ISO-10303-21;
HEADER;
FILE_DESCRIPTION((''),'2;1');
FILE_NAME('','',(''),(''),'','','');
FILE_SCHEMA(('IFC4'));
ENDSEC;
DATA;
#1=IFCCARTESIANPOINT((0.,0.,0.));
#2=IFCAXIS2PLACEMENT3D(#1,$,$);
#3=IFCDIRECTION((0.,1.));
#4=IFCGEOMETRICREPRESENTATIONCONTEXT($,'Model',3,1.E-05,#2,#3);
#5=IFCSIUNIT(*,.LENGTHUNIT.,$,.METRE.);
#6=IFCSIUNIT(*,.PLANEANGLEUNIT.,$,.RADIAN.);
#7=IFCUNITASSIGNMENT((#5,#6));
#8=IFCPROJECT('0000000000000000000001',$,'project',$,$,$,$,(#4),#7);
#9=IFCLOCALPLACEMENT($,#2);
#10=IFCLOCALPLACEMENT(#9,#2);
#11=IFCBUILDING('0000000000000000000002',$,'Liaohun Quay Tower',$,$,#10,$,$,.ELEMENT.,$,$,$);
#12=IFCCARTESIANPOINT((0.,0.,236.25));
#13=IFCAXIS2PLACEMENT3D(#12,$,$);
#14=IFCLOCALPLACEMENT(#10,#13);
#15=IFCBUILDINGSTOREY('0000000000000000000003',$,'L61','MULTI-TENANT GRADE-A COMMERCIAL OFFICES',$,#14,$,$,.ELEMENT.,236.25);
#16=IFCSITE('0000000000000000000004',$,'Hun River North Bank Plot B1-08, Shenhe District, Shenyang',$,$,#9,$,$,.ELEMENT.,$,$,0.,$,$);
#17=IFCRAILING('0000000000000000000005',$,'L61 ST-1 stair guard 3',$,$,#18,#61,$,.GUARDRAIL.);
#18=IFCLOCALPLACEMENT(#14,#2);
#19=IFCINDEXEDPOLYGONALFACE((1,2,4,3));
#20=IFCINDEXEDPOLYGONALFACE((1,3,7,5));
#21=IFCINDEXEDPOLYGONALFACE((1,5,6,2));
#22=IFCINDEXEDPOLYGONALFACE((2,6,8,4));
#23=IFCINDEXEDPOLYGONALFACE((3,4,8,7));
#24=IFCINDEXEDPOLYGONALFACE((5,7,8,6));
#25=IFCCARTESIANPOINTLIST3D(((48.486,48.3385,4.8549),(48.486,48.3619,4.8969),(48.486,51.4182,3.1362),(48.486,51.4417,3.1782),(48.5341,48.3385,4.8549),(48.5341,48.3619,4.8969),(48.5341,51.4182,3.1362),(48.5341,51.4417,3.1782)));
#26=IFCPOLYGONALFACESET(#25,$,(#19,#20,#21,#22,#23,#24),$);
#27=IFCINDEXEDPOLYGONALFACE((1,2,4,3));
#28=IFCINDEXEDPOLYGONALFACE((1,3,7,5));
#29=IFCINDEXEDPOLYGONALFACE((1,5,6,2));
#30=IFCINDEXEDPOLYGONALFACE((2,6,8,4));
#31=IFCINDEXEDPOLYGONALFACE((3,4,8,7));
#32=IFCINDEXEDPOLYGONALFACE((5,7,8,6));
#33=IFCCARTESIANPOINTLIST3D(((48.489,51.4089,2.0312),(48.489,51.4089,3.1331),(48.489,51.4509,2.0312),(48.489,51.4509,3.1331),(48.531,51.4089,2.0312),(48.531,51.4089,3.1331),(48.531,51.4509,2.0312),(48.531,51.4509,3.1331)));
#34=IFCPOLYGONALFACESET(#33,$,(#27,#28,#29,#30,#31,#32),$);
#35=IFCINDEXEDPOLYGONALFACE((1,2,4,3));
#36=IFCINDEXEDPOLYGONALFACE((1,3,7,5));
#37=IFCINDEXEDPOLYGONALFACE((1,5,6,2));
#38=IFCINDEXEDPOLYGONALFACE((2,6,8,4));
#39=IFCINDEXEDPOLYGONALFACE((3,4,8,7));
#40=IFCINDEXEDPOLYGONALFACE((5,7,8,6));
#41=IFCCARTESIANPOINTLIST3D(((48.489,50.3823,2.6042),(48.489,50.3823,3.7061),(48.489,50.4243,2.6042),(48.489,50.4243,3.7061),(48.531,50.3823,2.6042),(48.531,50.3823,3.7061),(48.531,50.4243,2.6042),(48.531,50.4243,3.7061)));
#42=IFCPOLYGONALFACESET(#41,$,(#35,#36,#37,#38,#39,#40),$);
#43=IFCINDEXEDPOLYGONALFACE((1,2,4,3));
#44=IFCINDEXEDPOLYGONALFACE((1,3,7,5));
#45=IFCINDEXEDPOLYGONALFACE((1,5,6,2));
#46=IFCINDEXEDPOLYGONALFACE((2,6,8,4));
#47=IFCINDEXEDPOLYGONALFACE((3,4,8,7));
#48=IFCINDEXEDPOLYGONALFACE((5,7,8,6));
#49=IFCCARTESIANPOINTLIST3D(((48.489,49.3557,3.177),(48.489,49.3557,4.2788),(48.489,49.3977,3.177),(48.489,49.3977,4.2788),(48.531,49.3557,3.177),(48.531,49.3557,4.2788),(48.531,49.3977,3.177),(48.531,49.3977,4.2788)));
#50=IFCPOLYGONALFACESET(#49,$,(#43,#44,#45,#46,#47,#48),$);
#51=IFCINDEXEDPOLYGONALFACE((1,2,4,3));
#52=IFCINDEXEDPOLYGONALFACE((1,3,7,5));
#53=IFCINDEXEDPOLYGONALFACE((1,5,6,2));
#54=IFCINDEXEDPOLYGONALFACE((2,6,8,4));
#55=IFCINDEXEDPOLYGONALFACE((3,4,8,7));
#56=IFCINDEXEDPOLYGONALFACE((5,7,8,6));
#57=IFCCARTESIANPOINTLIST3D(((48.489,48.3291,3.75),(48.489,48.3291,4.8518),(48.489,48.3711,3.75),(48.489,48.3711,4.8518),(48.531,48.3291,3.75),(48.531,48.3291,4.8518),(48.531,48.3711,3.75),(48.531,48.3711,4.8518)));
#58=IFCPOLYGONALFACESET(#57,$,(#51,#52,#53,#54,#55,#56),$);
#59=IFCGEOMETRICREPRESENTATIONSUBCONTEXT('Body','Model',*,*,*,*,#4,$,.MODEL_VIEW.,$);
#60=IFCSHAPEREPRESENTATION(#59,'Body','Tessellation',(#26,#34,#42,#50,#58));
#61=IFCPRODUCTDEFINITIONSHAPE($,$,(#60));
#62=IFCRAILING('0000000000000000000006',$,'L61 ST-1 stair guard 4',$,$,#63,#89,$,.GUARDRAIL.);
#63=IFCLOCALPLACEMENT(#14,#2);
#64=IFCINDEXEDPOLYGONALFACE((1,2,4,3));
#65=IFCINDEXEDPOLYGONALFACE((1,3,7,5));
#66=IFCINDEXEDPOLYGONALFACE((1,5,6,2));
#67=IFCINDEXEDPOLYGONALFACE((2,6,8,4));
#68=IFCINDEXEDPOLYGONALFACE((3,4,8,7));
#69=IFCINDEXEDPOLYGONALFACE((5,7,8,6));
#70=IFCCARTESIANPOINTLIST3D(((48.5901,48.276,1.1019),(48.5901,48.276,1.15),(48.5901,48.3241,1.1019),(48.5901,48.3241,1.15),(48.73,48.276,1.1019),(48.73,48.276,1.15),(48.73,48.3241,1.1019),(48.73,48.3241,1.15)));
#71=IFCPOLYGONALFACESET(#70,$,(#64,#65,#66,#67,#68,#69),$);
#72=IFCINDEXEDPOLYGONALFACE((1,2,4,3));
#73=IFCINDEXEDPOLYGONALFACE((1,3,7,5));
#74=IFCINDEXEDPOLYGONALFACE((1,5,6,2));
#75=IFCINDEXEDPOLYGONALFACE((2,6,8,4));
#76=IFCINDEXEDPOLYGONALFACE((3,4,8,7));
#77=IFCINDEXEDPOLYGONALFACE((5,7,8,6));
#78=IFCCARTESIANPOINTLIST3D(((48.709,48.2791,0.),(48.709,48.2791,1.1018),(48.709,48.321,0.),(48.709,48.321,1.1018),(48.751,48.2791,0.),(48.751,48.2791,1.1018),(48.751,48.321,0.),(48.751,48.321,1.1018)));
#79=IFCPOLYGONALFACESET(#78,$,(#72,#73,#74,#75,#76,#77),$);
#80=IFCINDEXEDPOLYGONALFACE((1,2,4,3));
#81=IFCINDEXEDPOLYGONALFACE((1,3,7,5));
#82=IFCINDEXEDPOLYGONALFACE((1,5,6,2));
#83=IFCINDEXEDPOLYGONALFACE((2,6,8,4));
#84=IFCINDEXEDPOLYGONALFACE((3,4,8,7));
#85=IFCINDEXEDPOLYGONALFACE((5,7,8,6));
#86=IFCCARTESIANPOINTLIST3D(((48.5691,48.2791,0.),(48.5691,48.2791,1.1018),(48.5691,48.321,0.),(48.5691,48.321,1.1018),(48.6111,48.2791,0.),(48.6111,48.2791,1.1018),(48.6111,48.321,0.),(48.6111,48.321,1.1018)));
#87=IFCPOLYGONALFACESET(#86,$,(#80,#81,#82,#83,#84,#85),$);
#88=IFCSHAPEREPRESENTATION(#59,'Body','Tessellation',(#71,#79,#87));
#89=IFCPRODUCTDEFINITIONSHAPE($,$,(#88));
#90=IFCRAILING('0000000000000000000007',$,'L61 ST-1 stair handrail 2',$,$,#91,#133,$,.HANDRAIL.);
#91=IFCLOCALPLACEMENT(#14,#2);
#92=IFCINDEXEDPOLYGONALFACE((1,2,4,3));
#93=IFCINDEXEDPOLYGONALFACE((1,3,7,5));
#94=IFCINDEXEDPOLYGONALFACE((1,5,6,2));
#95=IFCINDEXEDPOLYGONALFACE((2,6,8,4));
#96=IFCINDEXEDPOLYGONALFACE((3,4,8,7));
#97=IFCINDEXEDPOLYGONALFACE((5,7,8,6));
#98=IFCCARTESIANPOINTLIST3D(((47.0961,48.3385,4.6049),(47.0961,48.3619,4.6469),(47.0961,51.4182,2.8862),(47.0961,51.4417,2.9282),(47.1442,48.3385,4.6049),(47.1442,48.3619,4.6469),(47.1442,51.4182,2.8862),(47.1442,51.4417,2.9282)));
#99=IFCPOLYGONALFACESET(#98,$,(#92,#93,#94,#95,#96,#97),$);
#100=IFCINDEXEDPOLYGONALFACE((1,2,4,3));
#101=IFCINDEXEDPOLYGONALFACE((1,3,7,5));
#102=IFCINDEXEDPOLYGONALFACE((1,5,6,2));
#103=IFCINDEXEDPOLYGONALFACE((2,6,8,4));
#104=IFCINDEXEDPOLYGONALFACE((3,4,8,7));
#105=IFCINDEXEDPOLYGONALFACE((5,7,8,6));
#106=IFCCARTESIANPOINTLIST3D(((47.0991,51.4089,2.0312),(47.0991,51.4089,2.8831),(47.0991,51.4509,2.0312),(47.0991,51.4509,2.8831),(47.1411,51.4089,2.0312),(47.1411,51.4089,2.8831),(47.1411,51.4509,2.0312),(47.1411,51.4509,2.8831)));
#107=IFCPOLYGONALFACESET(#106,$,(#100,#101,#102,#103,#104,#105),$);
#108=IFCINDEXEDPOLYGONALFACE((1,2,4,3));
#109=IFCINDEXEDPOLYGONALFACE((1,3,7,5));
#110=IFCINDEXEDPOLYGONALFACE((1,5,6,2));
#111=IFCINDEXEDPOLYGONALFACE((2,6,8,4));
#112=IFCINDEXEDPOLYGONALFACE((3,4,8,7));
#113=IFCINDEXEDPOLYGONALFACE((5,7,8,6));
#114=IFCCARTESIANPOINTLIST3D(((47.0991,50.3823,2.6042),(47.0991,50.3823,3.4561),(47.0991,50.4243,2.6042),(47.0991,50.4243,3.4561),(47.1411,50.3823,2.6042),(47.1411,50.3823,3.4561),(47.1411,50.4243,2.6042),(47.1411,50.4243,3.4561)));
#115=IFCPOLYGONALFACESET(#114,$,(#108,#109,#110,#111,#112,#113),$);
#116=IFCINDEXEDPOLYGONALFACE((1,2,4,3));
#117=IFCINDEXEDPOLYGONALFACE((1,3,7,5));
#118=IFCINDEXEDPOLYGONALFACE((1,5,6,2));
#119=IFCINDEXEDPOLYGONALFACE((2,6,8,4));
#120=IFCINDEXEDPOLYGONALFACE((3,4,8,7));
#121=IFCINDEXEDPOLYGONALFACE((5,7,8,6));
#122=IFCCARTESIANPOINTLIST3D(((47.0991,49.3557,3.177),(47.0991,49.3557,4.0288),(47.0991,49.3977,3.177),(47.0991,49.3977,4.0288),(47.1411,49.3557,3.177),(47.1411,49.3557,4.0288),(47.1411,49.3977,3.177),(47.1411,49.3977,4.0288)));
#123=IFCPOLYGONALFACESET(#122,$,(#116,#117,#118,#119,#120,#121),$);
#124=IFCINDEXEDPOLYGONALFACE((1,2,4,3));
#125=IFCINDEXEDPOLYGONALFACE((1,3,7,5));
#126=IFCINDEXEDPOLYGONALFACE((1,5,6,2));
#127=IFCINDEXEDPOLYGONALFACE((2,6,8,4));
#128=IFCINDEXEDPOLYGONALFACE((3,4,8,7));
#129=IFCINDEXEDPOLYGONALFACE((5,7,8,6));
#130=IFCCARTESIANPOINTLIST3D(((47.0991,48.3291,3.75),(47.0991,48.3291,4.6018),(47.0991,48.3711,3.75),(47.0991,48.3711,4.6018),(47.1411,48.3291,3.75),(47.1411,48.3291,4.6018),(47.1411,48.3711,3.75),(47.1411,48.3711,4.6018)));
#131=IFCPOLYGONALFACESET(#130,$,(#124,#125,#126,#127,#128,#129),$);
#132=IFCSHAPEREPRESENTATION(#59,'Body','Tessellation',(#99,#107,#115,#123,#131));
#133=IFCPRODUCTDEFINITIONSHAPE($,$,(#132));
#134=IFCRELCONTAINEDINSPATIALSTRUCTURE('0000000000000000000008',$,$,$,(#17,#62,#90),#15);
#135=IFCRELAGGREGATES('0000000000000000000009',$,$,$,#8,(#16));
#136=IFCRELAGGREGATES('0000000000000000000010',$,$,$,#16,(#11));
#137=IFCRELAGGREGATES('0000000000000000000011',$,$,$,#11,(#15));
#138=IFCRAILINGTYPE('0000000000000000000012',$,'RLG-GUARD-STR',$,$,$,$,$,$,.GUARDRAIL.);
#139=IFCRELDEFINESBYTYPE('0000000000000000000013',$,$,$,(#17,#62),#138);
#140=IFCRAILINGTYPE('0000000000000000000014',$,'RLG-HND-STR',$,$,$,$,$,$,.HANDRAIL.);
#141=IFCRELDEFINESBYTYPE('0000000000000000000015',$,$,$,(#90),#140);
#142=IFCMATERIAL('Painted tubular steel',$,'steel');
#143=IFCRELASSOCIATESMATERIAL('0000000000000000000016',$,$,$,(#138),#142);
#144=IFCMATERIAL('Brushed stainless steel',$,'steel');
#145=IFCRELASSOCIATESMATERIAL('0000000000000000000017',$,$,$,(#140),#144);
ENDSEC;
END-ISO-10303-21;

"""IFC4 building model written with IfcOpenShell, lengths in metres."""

from ifc_helpers import new_model, si_unit, direction, frame, origin, origin_2d, place, context, subcontext, project, spatial, rectangle, extrude, material, type_object, element, save


model = new_model("IFC4")

# Units and contexts
model_context = context("Model", 3, precision=1e-05, world=origin(), true_north=direction((0.0, 1.0)))
body_context = subcontext(model_context, "Body", "Model", "MODEL_VIEW")
ifc_project = project(units=[si_unit("LENGTHUNIT", "METRE"), si_unit("PLANEANGLEUNIT", "RADIAN")], contexts=[model_context])

# Site, building, storey
site_placement = place(None, origin())
site = spatial("IfcSite", under=ifc_project, at=site_placement, Name="Hun River North Bank Plot B1-08, Shenhe District, Shenyang", CompositionType="ELEMENT", RefElevation=0.0)
building_placement = place(site_placement, origin())
building = spatial("IfcBuilding", under=site, at=building_placement, Name="Liaohun Quay Tower", CompositionType="ELEMENT")
storey_placement = place(building_placement, frame((0.0, 0.0, 236.25)))
storey = spatial("IfcBuildingStorey", under=building, at=storey_placement, Name="L61", Description="MULTI-TENANT GRADE-A COMMERCIAL OFFICES", CompositionType="ELEMENT", Elevation=236.25)

# Railings
ifc_material_1 = material(Name="Painted tubular steel", Category="steel")
railing_type_1 = type_object("IfcRailingType", Name="RLG-GUARD-STR", PredefinedType="GUARDRAIL", material=ifc_material_1)
railing_1_placement = place(storey_placement, frame((48.51, 51.4299, 2.0312)))
element("IfcRailing", 1, at=railing_1_placement, inside=storey, type_object=railing_type_1, Name="L61 ST-1 stair guard 3", PredefinedType="GUARDRAIL", context=body_context, shape_type="SweptSolid", body=[
    extrude(rectangle(XDim=0.0481, YDim=0.0481, at=origin_2d()), frame((0.0, 0.0, 1.126), z_axis=(0.0, -0.873225, 0.487317), x_axis=(1.0, 0.0, 0.0)), (0.0, 0.0, 1.0), 3.5269),
    extrude(rectangle(XDim=0.042, YDim=0.042, at=origin_2d()), origin(), (0.0, 0.0, 1.0), 1.1018),
    extrude(rectangle(XDim=0.042, YDim=0.042, at=origin_2d()), frame((0.0, -1.0266, 0.573)), (0.0, 0.0, 1.0), 1.1018),
    extrude(rectangle(XDim=0.042, YDim=0.042, at=origin_2d()), frame((0.0, -2.0532, 1.1458)), (0.0, 0.0, 1.0), 1.1018),
    extrude(rectangle(XDim=0.042, YDim=0.042, at=origin_2d()), frame((0.0, -3.0798, 1.7188)), (0.0, 0.0, 1.0), 1.1018),
])
railing_2_placement = place(storey_placement, frame((48.73, 48.3, 0.0)))
element("IfcRailing", 2, at=railing_2_placement, inside=storey, type_object=railing_type_1, Name="L61 ST-1 stair guard 4", PredefinedType="GUARDRAIL", context=body_context, shape_type="SweptSolid", body=[
    extrude(rectangle(XDim=0.0481, YDim=0.0481, at=origin_2d()), frame((0.0, 0.0, 1.126), z_axis=(-1.0, 0.0, 0.0), x_axis=(0.0, -1.0, 0.0)), (0.0, 0.0, 1.0), 0.1399),
    extrude(rectangle(XDim=0.042, YDim=0.042, at=origin_2d()), origin(), (0.0, 0.0, 1.0), 1.1018),
    extrude(rectangle(XDim=0.042, YDim=0.042, at=origin_2d()), frame((-0.1399, 0.0, 0.0)), (0.0, 0.0, 1.0), 1.1018),
])
ifc_material_2 = material(Name="Brushed stainless steel", Category="steel")
railing_type_2 = type_object("IfcRailingType", Name="RLG-HND-STR", PredefinedType="HANDRAIL", material=ifc_material_2)
railing_3_placement = place(storey_placement, frame((47.1201, 51.4299, 2.0312)))
element("IfcRailing", 3, at=railing_3_placement, inside=storey, type_object=railing_type_2, Name="L61 ST-1 stair handrail 2", PredefinedType="HANDRAIL", context=body_context, shape_type="SweptSolid", body=[
    extrude(rectangle(XDim=0.0481, YDim=0.0481, at=origin_2d()), frame((0.0, 0.0, 0.876), z_axis=(0.0, -0.873225, 0.487317), x_axis=(1.0, 0.0, 0.0)), (0.0, 0.0, 1.0), 3.5269),
    extrude(rectangle(XDim=0.042, YDim=0.042, at=origin_2d()), origin(), (0.0, 0.0, 1.0), 0.8518),
    extrude(rectangle(XDim=0.042, YDim=0.042, at=origin_2d()), frame((0.0, -1.0266, 0.573)), (0.0, 0.0, 1.0), 0.8518),
    extrude(rectangle(XDim=0.042, YDim=0.042, at=origin_2d()), frame((0.0, -2.0532, 1.1458)), (0.0, 0.0, 1.0), 0.8518),
    extrude(rectangle(XDim=0.042, YDim=0.042, at=origin_2d()), frame((0.0, -3.0798, 1.7188)), (0.0, 0.0, 1.0), 0.8518),
])

save(model, "model.ifc")
